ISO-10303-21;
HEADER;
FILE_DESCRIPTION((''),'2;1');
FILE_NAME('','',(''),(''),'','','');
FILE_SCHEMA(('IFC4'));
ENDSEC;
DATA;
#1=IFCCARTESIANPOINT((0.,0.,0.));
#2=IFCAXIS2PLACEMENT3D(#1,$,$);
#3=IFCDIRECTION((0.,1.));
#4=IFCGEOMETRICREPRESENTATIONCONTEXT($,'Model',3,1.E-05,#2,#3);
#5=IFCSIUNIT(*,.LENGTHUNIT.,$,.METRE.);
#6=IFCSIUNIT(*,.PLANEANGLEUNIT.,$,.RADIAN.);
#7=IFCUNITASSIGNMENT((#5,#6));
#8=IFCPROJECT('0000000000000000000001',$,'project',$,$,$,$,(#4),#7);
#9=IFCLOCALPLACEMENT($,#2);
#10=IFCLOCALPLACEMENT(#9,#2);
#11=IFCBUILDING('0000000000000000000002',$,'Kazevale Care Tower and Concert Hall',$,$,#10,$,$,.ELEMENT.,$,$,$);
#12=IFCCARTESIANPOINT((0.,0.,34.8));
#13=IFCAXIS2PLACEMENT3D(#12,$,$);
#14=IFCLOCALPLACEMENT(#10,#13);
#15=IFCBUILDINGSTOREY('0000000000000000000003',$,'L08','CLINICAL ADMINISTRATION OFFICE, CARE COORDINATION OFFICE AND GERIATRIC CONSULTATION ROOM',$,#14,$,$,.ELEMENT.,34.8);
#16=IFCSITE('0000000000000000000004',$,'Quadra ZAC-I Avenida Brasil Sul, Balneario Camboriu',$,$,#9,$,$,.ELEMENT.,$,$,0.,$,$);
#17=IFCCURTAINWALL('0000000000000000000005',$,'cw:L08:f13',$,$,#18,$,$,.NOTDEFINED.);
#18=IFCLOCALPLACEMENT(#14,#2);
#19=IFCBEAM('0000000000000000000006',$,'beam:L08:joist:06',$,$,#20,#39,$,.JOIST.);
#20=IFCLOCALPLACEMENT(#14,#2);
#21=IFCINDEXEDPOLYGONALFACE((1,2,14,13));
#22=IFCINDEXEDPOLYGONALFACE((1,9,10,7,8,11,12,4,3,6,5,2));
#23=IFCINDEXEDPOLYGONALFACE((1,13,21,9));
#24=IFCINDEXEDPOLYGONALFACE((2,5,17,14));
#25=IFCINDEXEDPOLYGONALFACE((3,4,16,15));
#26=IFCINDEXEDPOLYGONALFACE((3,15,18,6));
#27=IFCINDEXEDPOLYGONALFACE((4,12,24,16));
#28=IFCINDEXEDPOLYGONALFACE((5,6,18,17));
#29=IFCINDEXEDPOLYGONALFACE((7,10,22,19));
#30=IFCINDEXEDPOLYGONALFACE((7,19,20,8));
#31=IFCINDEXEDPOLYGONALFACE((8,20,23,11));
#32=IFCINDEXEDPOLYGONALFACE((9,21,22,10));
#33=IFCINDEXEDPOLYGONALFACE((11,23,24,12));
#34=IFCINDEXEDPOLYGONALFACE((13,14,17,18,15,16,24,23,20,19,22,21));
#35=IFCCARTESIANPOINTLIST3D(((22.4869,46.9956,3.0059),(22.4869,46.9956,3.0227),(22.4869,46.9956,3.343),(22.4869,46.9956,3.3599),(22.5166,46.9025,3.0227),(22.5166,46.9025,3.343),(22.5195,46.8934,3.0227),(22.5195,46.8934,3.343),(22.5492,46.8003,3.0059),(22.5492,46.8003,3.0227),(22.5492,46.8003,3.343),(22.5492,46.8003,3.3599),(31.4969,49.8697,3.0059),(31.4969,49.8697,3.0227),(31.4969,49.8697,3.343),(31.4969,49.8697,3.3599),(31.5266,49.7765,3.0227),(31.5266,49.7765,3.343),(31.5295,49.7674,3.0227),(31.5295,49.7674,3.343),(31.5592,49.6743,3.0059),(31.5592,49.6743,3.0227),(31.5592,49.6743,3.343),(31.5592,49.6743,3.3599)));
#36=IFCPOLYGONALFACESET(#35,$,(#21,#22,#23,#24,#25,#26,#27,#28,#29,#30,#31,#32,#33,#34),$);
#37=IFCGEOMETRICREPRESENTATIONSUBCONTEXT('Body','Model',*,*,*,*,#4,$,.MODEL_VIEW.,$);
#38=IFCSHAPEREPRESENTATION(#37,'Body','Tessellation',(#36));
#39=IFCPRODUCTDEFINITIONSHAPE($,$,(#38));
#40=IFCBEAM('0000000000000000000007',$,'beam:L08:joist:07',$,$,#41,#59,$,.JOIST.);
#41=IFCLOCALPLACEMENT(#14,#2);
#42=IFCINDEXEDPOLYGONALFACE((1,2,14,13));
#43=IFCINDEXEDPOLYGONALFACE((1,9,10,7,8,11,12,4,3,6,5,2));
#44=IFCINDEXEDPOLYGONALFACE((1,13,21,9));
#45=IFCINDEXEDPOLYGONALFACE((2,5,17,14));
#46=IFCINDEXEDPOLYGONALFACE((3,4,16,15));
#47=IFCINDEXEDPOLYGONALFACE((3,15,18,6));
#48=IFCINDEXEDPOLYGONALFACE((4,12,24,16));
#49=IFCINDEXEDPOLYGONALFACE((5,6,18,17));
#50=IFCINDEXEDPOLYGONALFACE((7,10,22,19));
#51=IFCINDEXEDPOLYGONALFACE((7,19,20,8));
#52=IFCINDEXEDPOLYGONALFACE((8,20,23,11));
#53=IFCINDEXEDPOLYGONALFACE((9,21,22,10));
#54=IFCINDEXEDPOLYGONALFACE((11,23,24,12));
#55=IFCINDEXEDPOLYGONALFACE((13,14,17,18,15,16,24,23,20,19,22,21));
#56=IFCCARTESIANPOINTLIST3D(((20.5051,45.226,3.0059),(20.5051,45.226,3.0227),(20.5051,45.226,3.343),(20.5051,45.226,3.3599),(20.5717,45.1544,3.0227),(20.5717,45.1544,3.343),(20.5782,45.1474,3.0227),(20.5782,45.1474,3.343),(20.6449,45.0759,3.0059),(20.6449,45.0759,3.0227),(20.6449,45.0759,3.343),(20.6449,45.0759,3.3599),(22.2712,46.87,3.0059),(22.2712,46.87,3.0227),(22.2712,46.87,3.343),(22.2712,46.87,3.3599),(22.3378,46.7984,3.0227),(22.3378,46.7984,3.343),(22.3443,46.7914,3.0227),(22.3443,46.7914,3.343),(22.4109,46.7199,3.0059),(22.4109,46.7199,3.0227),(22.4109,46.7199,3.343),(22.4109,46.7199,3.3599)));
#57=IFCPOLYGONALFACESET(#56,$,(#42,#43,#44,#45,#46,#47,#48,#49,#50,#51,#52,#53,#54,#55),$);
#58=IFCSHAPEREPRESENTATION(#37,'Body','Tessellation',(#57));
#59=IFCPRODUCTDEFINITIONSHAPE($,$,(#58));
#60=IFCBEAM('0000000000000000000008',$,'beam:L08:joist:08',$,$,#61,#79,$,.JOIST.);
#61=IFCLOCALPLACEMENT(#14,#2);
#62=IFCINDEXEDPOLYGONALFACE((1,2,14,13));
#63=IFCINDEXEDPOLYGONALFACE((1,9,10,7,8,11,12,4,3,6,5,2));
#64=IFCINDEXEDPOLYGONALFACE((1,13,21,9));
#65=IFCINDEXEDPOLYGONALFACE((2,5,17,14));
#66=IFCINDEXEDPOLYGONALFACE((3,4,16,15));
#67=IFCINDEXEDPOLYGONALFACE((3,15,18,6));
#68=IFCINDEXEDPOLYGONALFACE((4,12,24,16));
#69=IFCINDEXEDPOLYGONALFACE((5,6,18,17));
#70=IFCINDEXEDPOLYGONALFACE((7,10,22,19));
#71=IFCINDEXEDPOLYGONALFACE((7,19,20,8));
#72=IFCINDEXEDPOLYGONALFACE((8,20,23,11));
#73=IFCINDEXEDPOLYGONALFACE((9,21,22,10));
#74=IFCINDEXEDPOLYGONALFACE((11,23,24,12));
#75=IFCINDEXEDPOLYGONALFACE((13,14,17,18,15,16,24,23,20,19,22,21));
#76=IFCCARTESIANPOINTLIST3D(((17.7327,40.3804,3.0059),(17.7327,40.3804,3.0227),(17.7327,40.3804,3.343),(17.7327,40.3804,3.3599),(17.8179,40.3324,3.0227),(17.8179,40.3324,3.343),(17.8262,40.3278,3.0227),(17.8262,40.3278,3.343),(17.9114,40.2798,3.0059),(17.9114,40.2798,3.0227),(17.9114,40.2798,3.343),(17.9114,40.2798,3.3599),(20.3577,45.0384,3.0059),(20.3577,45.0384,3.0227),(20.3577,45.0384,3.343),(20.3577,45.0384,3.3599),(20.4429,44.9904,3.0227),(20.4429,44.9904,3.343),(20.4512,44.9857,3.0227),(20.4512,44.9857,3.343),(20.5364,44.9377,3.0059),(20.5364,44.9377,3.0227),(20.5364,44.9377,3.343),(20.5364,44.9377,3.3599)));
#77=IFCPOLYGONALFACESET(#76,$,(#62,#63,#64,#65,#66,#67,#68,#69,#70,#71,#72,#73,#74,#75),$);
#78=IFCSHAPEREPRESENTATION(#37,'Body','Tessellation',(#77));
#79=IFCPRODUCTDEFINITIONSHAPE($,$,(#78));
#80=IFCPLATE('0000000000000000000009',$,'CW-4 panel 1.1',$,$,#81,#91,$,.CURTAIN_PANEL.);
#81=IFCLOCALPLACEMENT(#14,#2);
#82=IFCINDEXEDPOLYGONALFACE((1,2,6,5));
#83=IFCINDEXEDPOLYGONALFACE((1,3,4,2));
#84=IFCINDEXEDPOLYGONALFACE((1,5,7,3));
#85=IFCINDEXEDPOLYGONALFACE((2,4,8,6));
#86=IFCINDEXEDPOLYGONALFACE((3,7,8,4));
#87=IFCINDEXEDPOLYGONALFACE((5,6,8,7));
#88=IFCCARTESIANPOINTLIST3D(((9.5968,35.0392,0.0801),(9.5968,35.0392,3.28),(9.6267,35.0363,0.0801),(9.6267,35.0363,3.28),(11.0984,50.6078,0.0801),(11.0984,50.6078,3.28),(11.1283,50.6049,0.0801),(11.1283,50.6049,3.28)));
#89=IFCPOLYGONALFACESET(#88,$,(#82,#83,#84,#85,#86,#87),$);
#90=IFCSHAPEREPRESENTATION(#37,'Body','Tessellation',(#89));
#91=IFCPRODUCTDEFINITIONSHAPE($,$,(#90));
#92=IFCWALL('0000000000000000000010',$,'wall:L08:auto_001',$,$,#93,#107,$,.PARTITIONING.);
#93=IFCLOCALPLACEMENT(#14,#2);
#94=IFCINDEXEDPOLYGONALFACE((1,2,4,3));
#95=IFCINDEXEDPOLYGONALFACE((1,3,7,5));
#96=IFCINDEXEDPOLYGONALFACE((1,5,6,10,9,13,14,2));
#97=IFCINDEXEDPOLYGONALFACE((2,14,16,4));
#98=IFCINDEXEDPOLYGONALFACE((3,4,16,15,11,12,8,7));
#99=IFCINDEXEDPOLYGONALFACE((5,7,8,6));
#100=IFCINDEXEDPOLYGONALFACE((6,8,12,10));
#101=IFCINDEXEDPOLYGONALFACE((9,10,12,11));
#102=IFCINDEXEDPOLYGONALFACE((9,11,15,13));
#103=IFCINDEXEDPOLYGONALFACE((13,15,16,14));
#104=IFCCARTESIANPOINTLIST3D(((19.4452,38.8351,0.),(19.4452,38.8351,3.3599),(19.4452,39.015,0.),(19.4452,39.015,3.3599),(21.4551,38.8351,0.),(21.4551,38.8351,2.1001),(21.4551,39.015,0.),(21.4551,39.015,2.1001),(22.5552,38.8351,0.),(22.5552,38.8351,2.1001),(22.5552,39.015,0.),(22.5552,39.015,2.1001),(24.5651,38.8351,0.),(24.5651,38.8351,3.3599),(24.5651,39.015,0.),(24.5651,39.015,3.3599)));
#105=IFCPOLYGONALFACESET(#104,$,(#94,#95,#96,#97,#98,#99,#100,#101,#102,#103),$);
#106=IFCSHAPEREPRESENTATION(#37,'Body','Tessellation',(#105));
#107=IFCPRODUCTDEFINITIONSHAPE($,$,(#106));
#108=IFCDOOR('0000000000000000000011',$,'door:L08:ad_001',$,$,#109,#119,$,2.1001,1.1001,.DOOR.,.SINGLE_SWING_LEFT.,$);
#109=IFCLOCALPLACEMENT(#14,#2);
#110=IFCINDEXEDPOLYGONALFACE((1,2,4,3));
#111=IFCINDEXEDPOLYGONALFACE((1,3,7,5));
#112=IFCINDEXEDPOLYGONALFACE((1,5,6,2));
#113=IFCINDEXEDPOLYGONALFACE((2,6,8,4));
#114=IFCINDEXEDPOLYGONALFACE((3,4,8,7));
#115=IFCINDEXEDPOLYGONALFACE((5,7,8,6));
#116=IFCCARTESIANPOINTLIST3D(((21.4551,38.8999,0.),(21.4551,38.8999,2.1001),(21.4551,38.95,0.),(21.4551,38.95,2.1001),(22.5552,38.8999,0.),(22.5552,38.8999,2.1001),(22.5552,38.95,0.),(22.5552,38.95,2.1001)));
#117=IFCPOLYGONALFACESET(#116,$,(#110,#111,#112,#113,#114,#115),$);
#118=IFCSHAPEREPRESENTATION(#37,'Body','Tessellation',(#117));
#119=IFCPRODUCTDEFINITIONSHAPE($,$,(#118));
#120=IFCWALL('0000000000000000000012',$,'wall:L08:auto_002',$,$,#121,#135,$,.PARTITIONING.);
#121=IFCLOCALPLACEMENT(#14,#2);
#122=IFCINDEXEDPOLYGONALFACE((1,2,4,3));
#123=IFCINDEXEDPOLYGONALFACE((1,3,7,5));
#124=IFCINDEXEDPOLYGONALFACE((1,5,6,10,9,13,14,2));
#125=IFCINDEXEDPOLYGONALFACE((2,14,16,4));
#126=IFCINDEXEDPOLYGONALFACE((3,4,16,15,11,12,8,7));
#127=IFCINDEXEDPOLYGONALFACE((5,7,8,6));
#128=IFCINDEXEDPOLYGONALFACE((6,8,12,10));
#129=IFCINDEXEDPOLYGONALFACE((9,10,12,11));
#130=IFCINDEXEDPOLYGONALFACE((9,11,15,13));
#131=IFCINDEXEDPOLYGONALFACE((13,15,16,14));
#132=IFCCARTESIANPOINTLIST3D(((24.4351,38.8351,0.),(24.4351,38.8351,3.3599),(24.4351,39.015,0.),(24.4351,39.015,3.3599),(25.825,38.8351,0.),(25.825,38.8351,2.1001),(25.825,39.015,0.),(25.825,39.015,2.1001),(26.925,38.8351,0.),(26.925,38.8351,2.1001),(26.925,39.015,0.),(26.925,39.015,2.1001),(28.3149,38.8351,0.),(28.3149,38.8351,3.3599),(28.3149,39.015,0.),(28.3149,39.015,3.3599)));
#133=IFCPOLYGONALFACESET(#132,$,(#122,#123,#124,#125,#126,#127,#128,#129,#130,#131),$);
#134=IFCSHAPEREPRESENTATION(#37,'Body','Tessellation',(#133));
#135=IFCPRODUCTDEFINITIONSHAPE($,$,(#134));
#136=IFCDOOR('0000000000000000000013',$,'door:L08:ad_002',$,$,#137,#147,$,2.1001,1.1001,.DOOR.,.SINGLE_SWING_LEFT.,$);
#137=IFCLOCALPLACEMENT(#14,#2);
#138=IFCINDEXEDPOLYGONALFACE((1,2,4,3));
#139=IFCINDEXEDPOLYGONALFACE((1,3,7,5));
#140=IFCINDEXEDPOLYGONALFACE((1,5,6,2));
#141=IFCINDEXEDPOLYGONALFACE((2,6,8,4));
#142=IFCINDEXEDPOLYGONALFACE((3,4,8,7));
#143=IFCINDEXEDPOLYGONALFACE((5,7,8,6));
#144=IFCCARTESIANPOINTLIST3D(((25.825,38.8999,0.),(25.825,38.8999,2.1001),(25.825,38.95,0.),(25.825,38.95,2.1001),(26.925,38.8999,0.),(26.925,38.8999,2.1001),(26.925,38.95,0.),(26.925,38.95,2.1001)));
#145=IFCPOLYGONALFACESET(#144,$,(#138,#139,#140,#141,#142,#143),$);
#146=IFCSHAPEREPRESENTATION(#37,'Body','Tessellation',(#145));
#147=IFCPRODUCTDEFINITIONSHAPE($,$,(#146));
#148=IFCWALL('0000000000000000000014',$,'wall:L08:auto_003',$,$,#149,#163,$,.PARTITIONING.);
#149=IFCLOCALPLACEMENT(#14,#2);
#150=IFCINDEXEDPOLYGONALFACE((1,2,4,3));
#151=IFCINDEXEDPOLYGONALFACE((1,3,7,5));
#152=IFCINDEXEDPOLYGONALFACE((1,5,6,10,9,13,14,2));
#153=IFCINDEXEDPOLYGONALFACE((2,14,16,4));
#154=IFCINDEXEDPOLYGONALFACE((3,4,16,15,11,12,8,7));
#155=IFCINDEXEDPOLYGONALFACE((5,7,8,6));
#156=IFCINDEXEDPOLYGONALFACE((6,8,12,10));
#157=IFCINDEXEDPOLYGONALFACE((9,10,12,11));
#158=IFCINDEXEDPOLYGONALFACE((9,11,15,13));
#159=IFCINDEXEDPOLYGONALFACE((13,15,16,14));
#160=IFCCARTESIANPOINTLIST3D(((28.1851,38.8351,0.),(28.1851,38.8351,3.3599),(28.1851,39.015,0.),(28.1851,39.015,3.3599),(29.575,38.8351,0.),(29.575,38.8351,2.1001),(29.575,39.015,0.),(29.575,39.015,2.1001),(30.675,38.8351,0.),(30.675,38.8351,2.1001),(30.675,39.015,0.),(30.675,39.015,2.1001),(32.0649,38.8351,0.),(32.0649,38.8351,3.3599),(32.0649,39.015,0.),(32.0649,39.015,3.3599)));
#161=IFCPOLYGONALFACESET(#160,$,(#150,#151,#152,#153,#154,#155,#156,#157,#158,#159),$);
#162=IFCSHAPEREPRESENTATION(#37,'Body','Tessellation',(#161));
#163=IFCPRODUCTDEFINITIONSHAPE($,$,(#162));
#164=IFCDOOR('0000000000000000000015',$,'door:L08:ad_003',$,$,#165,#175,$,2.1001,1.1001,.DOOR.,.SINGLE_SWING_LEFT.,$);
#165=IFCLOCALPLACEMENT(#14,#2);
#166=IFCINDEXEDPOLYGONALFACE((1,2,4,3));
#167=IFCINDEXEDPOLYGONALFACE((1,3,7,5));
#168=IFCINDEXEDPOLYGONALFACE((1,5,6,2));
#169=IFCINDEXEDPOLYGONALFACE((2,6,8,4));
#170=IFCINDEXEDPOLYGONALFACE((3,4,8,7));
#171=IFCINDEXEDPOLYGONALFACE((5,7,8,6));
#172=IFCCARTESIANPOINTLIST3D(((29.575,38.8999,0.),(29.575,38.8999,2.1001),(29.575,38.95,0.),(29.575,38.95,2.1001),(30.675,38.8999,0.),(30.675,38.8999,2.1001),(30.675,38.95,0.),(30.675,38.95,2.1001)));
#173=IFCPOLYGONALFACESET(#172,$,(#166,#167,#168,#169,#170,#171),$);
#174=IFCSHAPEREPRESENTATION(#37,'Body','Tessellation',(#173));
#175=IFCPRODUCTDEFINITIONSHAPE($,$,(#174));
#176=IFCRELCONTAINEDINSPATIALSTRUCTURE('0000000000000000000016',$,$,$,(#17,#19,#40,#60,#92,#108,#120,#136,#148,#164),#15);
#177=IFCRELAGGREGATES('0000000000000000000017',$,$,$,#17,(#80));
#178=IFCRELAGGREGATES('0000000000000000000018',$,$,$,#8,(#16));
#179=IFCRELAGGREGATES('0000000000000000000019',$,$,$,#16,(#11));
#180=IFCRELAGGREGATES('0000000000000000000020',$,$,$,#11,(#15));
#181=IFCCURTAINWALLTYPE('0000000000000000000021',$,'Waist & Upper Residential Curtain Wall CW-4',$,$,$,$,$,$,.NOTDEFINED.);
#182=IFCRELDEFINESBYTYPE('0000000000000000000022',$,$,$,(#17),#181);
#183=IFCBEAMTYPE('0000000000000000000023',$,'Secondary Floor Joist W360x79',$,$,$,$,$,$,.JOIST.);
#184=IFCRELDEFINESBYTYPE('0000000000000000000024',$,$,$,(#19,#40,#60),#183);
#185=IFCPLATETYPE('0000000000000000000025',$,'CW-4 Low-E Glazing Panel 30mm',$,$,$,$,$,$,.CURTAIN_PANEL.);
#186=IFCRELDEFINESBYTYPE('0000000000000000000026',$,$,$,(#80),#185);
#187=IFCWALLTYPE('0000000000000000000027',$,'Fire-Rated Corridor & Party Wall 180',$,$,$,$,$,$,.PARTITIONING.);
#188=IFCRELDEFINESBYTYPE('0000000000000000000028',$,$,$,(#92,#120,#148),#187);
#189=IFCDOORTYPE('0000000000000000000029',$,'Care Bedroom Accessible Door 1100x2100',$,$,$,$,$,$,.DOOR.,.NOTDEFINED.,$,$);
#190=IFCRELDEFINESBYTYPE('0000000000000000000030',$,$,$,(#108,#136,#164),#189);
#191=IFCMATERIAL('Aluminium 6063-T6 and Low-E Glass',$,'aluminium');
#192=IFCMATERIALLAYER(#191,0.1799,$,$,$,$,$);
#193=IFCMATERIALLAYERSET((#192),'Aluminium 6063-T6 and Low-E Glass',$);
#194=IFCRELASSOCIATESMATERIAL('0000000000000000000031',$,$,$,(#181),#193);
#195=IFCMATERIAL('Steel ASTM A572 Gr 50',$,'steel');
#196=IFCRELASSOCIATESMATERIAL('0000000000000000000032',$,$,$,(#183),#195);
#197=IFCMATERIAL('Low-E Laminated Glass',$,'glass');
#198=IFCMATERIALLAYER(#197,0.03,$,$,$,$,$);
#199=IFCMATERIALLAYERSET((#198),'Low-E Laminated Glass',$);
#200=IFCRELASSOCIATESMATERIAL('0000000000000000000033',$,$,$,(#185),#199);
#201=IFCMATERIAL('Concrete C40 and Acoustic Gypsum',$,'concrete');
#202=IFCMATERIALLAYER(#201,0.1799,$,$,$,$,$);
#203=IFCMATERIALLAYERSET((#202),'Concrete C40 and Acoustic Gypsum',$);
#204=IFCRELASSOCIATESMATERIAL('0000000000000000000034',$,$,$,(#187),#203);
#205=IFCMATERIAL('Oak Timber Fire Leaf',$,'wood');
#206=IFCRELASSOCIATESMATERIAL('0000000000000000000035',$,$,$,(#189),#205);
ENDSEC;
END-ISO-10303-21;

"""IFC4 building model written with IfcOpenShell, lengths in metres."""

from ifc_helpers import new_model, si_unit, direction, frame, frame_2d, origin, origin_2d, place, context, subcontext, project, spatial, rectangle, i_section, extrude, material, layer, layer_set, material_profile, profile_set, type_object, element, fill, aggregate, save


model = new_model("IFC4")

# Units and contexts
model_context = context("Model", 3, precision=1e-05, world=origin(), true_north=direction((0.0, 1.0)))
body_context = subcontext(model_context, "Body", "Model", "MODEL_VIEW")
ifc_project = project(units=[si_unit("LENGTHUNIT", "METRE"), si_unit("PLANEANGLEUNIT", "RADIAN")], contexts=[model_context])

# Site, building, storey
site_placement = place(None, origin())
site = spatial("IfcSite", under=ifc_project, at=site_placement, Name="Quadra ZAC-I Avenida Brasil Sul, Balneario Camboriu", CompositionType="ELEMENT", RefElevation=0.0)
building_placement = place(site_placement, origin())
building = spatial("IfcBuilding", under=site, at=building_placement, Name="Kazevale Care Tower and Concert Hall", CompositionType="ELEMENT")
storey_placement = place(building_placement, frame((0.0, 0.0, 34.8)))
storey = spatial("IfcBuildingStorey", under=building, at=storey_placement, Name="L08", Description="CLINICAL ADMINISTRATION OFFICE, CARE COORDINATION OFFICE AND GERIATRIC CONSULTATION ROOM", CompositionType="ELEMENT", Elevation=34.8)

# Curtain wall
ifc_material_1 = material(Name="Aluminium 6063-T6 and Low-E Glass", Category="aluminium")
ifc_layer_1 = layer(ifc_material_1, 0.1799)
ifc_layer_set_1 = layer_set([ifc_layer_1], Name="Aluminium 6063-T6 and Low-E Glass")
curtain_wall_type = type_object("IfcCurtainWallType", Name="Waist & Upper Residential Curtain Wall CW-4", PredefinedType="NOTDEFINED", material=ifc_layer_set_1)
curtain_wall_placement = place(storey_placement, origin())
curtain_wall = element("IfcCurtainWall", 1, at=curtain_wall_placement, inside=storey, type_object=curtain_wall_type, Name="cw:L08:f13", PredefinedType="NOTDEFINED")

# Beams
ifc_material_2 = material(Name="Steel ASTM A572 Gr 50", Category="steel")
ifc_material_profile_1 = material_profile(ifc_material_2, i_section(OverallWidth=0.2051, OverallDepth=0.354, WebThickness=0.0095, FlangeThickness=0.0168, at=origin_2d()), Name="W360x79")
ifc_profile_set_1 = profile_set([ifc_material_profile_1], Name="Steel ASTM A572 Gr 50")
beam_type_1 = type_object("IfcBeamType", Name="Secondary Floor Joist W360x79", PredefinedType="JOIST", material=ifc_profile_set_1)
beam_1_placement = place(storey_placement, frame((31.5281, 49.772, 3.1829), z_axis=(-0.952705, -0.303895, 0.0), x_axis=(0.303895, -0.952705, 0.0)))
element("IfcBeam", 2, at=beam_1_placement, inside=storey, type_object=beam_type_1, Name="beam:L08:joist:06", PredefinedType="JOIST", context=body_context, shape_type="SweptSolid", body=[
    extrude(i_section(OverallWidth=0.2051, OverallDepth=0.354, WebThickness=0.0095, FlangeThickness=0.0168, at=origin_2d()), origin(), (0.0, 0.0, 1.0), 9.4573),
])
beam_2_placement = place(storey_placement, frame((22.3411, 46.7949, 3.1829), z_axis=(-0.73195, -0.681359, 0.0), x_axis=(0.681359, -0.73195, 0.0)))
element("IfcBeam", 3, at=beam_2_placement, inside=storey, type_object=beam_type_1, Name="beam:L08:joist:07", PredefinedType="JOIST", context=body_context, shape_type="SweptSolid", body=[
    extrude(i_section(OverallWidth=0.2051, OverallDepth=0.354, WebThickness=0.0095, FlangeThickness=0.0168, at=origin_2d()), origin(), (0.0, 0.0, 1.0), 2.4128),
])
beam_3_placement = place(storey_placement, frame((20.447, 44.988, 3.1829), z_axis=(-0.490957, -0.871184, 0.0), x_axis=(0.871184, -0.490957, 0.0)))
element("IfcBeam", 4, at=beam_3_placement, inside=storey, type_object=beam_type_1, Name="beam:L08:joist:08", PredefinedType="JOIST", context=body_context, shape_type="SweptSolid", body=[
    extrude(i_section(OverallWidth=0.2051, OverallDepth=0.354, WebThickness=0.0095, FlangeThickness=0.0168, at=origin_2d()), origin(), (0.0, 0.0, 1.0), 5.3467),
])

# Plate
ifc_material_3 = material(Name="Low-E Laminated Glass", Category="glass")
ifc_layer_2 = layer(ifc_material_3, 0.03)
ifc_layer_set_2 = layer_set([ifc_layer_2], Name="Low-E Laminated Glass")
plate_type = type_object("IfcPlateType", Name="CW-4 Low-E Glazing Panel 30mm", PredefinedType="CURTAIN_PANEL", material=ifc_layer_set_2)
plate_placement = place(storey_placement, frame((10.3625, 42.822, 0.0801), z_axis=(0.0, 0.0, 1.0), x_axis=(0.096007, 0.995381, 0.0)))
plate = element("IfcPlate", 5, at=plate_placement, type_object=plate_type, Name="CW-4 panel 1.1", PredefinedType="CURTAIN_PANEL", context=body_context, shape_type="SweptSolid", body=[
    extrude(rectangle(XDim=15.6409, YDim=0.03, at=origin_2d()), origin(), (0.0, 0.0, 1.0), 3.2),
])
aggregate(curtain_wall, [plate])

# Walls, openings, doors
ifc_material_4 = material(Name="Concrete C40 and Acoustic Gypsum", Category="concrete")
ifc_layer_3 = layer(ifc_material_4, 0.1799)
ifc_layer_set_3 = layer_set([ifc_layer_3], Name="Concrete C40 and Acoustic Gypsum")
wall_type = type_object("IfcWallType", Name="Fire-Rated Corridor & Party Wall 180", PredefinedType="PARTITIONING", material=ifc_layer_set_3)
wall_1_placement = place(storey_placement, frame((19.4451, 38.925, 0.0), z_axis=(0.0, 0.0, 1.0), x_axis=(1.0, 0.0, 0.0)))
wall_1 = element("IfcWall", 6, at=wall_1_placement, inside=storey, type_object=wall_type, Name="wall:L08:auto_001", PredefinedType="PARTITIONING", context=body_context, shape_type="SweptSolid", body=[
    extrude(rectangle(XDim=5.1199, YDim=0.1799, at=frame_2d((2.5601, 0.0))), origin(), (0.0, 0.0, 1.0), 3.3599),
])
opening_1_placement = place(wall_1_placement, frame((2.01, 0.0, 0.0)))
opening_1 = element("IfcOpeningElement", 7, at=opening_1_placement, cuts=wall_1, PredefinedType="OPENING", context=body_context, shape_type="SweptSolid", body=[
    extrude(rectangle(XDim=1.1001, YDim=2.1001, at=frame_2d((0.55, 1.05))), frame((0.0, 0.0999, 0.0), z_axis=(0.0, -1.0, 0.0), x_axis=(1.0, 0.0, 0.0)), (0.0, 0.0, 1.0), 0.2),
])
ifc_material_5 = material(Name="Oak Timber Fire Leaf", Category="wood")
door_type = type_object("IfcDoorType", Name="Care Bedroom Accessible Door 1100x2100", OperationType="NOTDEFINED", PredefinedType="DOOR", material=ifc_material_5)
door_1_placement = place(opening_1_placement, origin())
door_1 = element("IfcDoor", 8, at=door_1_placement, inside=storey, type_object=door_type, Name="door:L08:ad_001", OperationType="SINGLE_SWING_LEFT", OverallHeight=2.1001, OverallWidth=1.1001, PredefinedType="DOOR", context=body_context, shape_type="SweptSolid", body=[
    extrude(rectangle(XDim=1.1001, YDim=2.1001, at=frame_2d((0.55, 1.05))), frame((0.0, 0.0249, 0.0), z_axis=(0.0, -1.0, 0.0), x_axis=(1.0, 0.0, 0.0)), (0.0, 0.0, 1.0), 0.05),
])
fill(opening_1, door_1)
wall_2_placement = place(storey_placement, frame((24.4351, 38.925, 0.0), z_axis=(0.0, 0.0, 1.0), x_axis=(1.0, 0.0, 0.0)))
wall_2 = element("IfcWall", 9, at=wall_2_placement, inside=storey, type_object=wall_type, Name="wall:L08:auto_002", PredefinedType="PARTITIONING", context=body_context, shape_type="SweptSolid", body=[
    extrude(rectangle(XDim=3.8799, YDim=0.1799, at=frame_2d((1.9399, 0.0))), origin(), (0.0, 0.0, 1.0), 3.3599),
])
opening_2_placement = place(wall_2_placement, frame((1.3899, 0.0, 0.0)))
opening_2 = element("IfcOpeningElement", 10, at=opening_2_placement, cuts=wall_2, PredefinedType="OPENING", context=body_context, shape_type="SweptSolid", body=[
    extrude(rectangle(XDim=1.1001, YDim=2.1001, at=frame_2d((0.55, 1.05))), frame((0.0, 0.0999, 0.0), z_axis=(0.0, -1.0, 0.0), x_axis=(1.0, 0.0, 0.0)), (0.0, 0.0, 1.0), 0.2),
])
door_2_placement = place(opening_2_placement, origin())
door_2 = element("IfcDoor", 11, at=door_2_placement, inside=storey, type_object=door_type, Name="door:L08:ad_002", OperationType="SINGLE_SWING_LEFT", OverallHeight=2.1001, OverallWidth=1.1001, PredefinedType="DOOR", context=body_context, shape_type="SweptSolid", body=[
    extrude(rectangle(XDim=1.1001, YDim=2.1001, at=frame_2d((0.55, 1.05))), frame((0.0, 0.0249, 0.0), z_axis=(0.0, -1.0, 0.0), x_axis=(1.0, 0.0, 0.0)), (0.0, 0.0, 1.0), 0.05),
])
fill(opening_2, door_2)
wall_3_placement = place(storey_placement, frame((28.1851, 38.925, 0.0), z_axis=(0.0, 0.0, 1.0), x_axis=(1.0, 0.0, 0.0)))
wall_3 = element("IfcWall", 12, at=wall_3_placement, inside=storey, type_object=wall_type, Name="wall:L08:auto_003", PredefinedType="PARTITIONING", context=body_context, shape_type="SweptSolid", body=[
    extrude(rectangle(XDim=3.8799, YDim=0.1799, at=frame_2d((1.9399, 0.0))), origin(), (0.0, 0.0, 1.0), 3.3599),
])
opening_3_placement = place(wall_3_placement, frame((1.3899, 0.0, 0.0)))
opening_3 = element("IfcOpeningElement", 13, at=opening_3_placement, cuts=wall_3, PredefinedType="OPENING", context=body_context, shape_type="SweptSolid", body=[
    extrude(rectangle(XDim=1.1001, YDim=2.1001, at=frame_2d((0.55, 1.05))), frame((0.0, 0.0999, 0.0), z_axis=(0.0, -1.0, 0.0), x_axis=(1.0, 0.0, 0.0)), (0.0, 0.0, 1.0), 0.2),
])
door_3_placement = place(opening_3_placement, origin())
door_3 = element("IfcDoor", 14, at=door_3_placement, inside=storey, type_object=door_type, Name="door:L08:ad_003", OperationType="SINGLE_SWING_LEFT", OverallHeight=2.1001, OverallWidth=1.1001, PredefinedType="DOOR", context=body_context, shape_type="SweptSolid", body=[
    extrude(rectangle(XDim=1.1001, YDim=2.1001, at=frame_2d((0.55, 1.05))), frame((0.0, 0.0249, 0.0), z_axis=(0.0, -1.0, 0.0), x_axis=(1.0, 0.0, 0.0)), (0.0, 0.0, 1.0), 0.05),
])
fill(opening_3, door_3)

save(model, "model.ifc")
